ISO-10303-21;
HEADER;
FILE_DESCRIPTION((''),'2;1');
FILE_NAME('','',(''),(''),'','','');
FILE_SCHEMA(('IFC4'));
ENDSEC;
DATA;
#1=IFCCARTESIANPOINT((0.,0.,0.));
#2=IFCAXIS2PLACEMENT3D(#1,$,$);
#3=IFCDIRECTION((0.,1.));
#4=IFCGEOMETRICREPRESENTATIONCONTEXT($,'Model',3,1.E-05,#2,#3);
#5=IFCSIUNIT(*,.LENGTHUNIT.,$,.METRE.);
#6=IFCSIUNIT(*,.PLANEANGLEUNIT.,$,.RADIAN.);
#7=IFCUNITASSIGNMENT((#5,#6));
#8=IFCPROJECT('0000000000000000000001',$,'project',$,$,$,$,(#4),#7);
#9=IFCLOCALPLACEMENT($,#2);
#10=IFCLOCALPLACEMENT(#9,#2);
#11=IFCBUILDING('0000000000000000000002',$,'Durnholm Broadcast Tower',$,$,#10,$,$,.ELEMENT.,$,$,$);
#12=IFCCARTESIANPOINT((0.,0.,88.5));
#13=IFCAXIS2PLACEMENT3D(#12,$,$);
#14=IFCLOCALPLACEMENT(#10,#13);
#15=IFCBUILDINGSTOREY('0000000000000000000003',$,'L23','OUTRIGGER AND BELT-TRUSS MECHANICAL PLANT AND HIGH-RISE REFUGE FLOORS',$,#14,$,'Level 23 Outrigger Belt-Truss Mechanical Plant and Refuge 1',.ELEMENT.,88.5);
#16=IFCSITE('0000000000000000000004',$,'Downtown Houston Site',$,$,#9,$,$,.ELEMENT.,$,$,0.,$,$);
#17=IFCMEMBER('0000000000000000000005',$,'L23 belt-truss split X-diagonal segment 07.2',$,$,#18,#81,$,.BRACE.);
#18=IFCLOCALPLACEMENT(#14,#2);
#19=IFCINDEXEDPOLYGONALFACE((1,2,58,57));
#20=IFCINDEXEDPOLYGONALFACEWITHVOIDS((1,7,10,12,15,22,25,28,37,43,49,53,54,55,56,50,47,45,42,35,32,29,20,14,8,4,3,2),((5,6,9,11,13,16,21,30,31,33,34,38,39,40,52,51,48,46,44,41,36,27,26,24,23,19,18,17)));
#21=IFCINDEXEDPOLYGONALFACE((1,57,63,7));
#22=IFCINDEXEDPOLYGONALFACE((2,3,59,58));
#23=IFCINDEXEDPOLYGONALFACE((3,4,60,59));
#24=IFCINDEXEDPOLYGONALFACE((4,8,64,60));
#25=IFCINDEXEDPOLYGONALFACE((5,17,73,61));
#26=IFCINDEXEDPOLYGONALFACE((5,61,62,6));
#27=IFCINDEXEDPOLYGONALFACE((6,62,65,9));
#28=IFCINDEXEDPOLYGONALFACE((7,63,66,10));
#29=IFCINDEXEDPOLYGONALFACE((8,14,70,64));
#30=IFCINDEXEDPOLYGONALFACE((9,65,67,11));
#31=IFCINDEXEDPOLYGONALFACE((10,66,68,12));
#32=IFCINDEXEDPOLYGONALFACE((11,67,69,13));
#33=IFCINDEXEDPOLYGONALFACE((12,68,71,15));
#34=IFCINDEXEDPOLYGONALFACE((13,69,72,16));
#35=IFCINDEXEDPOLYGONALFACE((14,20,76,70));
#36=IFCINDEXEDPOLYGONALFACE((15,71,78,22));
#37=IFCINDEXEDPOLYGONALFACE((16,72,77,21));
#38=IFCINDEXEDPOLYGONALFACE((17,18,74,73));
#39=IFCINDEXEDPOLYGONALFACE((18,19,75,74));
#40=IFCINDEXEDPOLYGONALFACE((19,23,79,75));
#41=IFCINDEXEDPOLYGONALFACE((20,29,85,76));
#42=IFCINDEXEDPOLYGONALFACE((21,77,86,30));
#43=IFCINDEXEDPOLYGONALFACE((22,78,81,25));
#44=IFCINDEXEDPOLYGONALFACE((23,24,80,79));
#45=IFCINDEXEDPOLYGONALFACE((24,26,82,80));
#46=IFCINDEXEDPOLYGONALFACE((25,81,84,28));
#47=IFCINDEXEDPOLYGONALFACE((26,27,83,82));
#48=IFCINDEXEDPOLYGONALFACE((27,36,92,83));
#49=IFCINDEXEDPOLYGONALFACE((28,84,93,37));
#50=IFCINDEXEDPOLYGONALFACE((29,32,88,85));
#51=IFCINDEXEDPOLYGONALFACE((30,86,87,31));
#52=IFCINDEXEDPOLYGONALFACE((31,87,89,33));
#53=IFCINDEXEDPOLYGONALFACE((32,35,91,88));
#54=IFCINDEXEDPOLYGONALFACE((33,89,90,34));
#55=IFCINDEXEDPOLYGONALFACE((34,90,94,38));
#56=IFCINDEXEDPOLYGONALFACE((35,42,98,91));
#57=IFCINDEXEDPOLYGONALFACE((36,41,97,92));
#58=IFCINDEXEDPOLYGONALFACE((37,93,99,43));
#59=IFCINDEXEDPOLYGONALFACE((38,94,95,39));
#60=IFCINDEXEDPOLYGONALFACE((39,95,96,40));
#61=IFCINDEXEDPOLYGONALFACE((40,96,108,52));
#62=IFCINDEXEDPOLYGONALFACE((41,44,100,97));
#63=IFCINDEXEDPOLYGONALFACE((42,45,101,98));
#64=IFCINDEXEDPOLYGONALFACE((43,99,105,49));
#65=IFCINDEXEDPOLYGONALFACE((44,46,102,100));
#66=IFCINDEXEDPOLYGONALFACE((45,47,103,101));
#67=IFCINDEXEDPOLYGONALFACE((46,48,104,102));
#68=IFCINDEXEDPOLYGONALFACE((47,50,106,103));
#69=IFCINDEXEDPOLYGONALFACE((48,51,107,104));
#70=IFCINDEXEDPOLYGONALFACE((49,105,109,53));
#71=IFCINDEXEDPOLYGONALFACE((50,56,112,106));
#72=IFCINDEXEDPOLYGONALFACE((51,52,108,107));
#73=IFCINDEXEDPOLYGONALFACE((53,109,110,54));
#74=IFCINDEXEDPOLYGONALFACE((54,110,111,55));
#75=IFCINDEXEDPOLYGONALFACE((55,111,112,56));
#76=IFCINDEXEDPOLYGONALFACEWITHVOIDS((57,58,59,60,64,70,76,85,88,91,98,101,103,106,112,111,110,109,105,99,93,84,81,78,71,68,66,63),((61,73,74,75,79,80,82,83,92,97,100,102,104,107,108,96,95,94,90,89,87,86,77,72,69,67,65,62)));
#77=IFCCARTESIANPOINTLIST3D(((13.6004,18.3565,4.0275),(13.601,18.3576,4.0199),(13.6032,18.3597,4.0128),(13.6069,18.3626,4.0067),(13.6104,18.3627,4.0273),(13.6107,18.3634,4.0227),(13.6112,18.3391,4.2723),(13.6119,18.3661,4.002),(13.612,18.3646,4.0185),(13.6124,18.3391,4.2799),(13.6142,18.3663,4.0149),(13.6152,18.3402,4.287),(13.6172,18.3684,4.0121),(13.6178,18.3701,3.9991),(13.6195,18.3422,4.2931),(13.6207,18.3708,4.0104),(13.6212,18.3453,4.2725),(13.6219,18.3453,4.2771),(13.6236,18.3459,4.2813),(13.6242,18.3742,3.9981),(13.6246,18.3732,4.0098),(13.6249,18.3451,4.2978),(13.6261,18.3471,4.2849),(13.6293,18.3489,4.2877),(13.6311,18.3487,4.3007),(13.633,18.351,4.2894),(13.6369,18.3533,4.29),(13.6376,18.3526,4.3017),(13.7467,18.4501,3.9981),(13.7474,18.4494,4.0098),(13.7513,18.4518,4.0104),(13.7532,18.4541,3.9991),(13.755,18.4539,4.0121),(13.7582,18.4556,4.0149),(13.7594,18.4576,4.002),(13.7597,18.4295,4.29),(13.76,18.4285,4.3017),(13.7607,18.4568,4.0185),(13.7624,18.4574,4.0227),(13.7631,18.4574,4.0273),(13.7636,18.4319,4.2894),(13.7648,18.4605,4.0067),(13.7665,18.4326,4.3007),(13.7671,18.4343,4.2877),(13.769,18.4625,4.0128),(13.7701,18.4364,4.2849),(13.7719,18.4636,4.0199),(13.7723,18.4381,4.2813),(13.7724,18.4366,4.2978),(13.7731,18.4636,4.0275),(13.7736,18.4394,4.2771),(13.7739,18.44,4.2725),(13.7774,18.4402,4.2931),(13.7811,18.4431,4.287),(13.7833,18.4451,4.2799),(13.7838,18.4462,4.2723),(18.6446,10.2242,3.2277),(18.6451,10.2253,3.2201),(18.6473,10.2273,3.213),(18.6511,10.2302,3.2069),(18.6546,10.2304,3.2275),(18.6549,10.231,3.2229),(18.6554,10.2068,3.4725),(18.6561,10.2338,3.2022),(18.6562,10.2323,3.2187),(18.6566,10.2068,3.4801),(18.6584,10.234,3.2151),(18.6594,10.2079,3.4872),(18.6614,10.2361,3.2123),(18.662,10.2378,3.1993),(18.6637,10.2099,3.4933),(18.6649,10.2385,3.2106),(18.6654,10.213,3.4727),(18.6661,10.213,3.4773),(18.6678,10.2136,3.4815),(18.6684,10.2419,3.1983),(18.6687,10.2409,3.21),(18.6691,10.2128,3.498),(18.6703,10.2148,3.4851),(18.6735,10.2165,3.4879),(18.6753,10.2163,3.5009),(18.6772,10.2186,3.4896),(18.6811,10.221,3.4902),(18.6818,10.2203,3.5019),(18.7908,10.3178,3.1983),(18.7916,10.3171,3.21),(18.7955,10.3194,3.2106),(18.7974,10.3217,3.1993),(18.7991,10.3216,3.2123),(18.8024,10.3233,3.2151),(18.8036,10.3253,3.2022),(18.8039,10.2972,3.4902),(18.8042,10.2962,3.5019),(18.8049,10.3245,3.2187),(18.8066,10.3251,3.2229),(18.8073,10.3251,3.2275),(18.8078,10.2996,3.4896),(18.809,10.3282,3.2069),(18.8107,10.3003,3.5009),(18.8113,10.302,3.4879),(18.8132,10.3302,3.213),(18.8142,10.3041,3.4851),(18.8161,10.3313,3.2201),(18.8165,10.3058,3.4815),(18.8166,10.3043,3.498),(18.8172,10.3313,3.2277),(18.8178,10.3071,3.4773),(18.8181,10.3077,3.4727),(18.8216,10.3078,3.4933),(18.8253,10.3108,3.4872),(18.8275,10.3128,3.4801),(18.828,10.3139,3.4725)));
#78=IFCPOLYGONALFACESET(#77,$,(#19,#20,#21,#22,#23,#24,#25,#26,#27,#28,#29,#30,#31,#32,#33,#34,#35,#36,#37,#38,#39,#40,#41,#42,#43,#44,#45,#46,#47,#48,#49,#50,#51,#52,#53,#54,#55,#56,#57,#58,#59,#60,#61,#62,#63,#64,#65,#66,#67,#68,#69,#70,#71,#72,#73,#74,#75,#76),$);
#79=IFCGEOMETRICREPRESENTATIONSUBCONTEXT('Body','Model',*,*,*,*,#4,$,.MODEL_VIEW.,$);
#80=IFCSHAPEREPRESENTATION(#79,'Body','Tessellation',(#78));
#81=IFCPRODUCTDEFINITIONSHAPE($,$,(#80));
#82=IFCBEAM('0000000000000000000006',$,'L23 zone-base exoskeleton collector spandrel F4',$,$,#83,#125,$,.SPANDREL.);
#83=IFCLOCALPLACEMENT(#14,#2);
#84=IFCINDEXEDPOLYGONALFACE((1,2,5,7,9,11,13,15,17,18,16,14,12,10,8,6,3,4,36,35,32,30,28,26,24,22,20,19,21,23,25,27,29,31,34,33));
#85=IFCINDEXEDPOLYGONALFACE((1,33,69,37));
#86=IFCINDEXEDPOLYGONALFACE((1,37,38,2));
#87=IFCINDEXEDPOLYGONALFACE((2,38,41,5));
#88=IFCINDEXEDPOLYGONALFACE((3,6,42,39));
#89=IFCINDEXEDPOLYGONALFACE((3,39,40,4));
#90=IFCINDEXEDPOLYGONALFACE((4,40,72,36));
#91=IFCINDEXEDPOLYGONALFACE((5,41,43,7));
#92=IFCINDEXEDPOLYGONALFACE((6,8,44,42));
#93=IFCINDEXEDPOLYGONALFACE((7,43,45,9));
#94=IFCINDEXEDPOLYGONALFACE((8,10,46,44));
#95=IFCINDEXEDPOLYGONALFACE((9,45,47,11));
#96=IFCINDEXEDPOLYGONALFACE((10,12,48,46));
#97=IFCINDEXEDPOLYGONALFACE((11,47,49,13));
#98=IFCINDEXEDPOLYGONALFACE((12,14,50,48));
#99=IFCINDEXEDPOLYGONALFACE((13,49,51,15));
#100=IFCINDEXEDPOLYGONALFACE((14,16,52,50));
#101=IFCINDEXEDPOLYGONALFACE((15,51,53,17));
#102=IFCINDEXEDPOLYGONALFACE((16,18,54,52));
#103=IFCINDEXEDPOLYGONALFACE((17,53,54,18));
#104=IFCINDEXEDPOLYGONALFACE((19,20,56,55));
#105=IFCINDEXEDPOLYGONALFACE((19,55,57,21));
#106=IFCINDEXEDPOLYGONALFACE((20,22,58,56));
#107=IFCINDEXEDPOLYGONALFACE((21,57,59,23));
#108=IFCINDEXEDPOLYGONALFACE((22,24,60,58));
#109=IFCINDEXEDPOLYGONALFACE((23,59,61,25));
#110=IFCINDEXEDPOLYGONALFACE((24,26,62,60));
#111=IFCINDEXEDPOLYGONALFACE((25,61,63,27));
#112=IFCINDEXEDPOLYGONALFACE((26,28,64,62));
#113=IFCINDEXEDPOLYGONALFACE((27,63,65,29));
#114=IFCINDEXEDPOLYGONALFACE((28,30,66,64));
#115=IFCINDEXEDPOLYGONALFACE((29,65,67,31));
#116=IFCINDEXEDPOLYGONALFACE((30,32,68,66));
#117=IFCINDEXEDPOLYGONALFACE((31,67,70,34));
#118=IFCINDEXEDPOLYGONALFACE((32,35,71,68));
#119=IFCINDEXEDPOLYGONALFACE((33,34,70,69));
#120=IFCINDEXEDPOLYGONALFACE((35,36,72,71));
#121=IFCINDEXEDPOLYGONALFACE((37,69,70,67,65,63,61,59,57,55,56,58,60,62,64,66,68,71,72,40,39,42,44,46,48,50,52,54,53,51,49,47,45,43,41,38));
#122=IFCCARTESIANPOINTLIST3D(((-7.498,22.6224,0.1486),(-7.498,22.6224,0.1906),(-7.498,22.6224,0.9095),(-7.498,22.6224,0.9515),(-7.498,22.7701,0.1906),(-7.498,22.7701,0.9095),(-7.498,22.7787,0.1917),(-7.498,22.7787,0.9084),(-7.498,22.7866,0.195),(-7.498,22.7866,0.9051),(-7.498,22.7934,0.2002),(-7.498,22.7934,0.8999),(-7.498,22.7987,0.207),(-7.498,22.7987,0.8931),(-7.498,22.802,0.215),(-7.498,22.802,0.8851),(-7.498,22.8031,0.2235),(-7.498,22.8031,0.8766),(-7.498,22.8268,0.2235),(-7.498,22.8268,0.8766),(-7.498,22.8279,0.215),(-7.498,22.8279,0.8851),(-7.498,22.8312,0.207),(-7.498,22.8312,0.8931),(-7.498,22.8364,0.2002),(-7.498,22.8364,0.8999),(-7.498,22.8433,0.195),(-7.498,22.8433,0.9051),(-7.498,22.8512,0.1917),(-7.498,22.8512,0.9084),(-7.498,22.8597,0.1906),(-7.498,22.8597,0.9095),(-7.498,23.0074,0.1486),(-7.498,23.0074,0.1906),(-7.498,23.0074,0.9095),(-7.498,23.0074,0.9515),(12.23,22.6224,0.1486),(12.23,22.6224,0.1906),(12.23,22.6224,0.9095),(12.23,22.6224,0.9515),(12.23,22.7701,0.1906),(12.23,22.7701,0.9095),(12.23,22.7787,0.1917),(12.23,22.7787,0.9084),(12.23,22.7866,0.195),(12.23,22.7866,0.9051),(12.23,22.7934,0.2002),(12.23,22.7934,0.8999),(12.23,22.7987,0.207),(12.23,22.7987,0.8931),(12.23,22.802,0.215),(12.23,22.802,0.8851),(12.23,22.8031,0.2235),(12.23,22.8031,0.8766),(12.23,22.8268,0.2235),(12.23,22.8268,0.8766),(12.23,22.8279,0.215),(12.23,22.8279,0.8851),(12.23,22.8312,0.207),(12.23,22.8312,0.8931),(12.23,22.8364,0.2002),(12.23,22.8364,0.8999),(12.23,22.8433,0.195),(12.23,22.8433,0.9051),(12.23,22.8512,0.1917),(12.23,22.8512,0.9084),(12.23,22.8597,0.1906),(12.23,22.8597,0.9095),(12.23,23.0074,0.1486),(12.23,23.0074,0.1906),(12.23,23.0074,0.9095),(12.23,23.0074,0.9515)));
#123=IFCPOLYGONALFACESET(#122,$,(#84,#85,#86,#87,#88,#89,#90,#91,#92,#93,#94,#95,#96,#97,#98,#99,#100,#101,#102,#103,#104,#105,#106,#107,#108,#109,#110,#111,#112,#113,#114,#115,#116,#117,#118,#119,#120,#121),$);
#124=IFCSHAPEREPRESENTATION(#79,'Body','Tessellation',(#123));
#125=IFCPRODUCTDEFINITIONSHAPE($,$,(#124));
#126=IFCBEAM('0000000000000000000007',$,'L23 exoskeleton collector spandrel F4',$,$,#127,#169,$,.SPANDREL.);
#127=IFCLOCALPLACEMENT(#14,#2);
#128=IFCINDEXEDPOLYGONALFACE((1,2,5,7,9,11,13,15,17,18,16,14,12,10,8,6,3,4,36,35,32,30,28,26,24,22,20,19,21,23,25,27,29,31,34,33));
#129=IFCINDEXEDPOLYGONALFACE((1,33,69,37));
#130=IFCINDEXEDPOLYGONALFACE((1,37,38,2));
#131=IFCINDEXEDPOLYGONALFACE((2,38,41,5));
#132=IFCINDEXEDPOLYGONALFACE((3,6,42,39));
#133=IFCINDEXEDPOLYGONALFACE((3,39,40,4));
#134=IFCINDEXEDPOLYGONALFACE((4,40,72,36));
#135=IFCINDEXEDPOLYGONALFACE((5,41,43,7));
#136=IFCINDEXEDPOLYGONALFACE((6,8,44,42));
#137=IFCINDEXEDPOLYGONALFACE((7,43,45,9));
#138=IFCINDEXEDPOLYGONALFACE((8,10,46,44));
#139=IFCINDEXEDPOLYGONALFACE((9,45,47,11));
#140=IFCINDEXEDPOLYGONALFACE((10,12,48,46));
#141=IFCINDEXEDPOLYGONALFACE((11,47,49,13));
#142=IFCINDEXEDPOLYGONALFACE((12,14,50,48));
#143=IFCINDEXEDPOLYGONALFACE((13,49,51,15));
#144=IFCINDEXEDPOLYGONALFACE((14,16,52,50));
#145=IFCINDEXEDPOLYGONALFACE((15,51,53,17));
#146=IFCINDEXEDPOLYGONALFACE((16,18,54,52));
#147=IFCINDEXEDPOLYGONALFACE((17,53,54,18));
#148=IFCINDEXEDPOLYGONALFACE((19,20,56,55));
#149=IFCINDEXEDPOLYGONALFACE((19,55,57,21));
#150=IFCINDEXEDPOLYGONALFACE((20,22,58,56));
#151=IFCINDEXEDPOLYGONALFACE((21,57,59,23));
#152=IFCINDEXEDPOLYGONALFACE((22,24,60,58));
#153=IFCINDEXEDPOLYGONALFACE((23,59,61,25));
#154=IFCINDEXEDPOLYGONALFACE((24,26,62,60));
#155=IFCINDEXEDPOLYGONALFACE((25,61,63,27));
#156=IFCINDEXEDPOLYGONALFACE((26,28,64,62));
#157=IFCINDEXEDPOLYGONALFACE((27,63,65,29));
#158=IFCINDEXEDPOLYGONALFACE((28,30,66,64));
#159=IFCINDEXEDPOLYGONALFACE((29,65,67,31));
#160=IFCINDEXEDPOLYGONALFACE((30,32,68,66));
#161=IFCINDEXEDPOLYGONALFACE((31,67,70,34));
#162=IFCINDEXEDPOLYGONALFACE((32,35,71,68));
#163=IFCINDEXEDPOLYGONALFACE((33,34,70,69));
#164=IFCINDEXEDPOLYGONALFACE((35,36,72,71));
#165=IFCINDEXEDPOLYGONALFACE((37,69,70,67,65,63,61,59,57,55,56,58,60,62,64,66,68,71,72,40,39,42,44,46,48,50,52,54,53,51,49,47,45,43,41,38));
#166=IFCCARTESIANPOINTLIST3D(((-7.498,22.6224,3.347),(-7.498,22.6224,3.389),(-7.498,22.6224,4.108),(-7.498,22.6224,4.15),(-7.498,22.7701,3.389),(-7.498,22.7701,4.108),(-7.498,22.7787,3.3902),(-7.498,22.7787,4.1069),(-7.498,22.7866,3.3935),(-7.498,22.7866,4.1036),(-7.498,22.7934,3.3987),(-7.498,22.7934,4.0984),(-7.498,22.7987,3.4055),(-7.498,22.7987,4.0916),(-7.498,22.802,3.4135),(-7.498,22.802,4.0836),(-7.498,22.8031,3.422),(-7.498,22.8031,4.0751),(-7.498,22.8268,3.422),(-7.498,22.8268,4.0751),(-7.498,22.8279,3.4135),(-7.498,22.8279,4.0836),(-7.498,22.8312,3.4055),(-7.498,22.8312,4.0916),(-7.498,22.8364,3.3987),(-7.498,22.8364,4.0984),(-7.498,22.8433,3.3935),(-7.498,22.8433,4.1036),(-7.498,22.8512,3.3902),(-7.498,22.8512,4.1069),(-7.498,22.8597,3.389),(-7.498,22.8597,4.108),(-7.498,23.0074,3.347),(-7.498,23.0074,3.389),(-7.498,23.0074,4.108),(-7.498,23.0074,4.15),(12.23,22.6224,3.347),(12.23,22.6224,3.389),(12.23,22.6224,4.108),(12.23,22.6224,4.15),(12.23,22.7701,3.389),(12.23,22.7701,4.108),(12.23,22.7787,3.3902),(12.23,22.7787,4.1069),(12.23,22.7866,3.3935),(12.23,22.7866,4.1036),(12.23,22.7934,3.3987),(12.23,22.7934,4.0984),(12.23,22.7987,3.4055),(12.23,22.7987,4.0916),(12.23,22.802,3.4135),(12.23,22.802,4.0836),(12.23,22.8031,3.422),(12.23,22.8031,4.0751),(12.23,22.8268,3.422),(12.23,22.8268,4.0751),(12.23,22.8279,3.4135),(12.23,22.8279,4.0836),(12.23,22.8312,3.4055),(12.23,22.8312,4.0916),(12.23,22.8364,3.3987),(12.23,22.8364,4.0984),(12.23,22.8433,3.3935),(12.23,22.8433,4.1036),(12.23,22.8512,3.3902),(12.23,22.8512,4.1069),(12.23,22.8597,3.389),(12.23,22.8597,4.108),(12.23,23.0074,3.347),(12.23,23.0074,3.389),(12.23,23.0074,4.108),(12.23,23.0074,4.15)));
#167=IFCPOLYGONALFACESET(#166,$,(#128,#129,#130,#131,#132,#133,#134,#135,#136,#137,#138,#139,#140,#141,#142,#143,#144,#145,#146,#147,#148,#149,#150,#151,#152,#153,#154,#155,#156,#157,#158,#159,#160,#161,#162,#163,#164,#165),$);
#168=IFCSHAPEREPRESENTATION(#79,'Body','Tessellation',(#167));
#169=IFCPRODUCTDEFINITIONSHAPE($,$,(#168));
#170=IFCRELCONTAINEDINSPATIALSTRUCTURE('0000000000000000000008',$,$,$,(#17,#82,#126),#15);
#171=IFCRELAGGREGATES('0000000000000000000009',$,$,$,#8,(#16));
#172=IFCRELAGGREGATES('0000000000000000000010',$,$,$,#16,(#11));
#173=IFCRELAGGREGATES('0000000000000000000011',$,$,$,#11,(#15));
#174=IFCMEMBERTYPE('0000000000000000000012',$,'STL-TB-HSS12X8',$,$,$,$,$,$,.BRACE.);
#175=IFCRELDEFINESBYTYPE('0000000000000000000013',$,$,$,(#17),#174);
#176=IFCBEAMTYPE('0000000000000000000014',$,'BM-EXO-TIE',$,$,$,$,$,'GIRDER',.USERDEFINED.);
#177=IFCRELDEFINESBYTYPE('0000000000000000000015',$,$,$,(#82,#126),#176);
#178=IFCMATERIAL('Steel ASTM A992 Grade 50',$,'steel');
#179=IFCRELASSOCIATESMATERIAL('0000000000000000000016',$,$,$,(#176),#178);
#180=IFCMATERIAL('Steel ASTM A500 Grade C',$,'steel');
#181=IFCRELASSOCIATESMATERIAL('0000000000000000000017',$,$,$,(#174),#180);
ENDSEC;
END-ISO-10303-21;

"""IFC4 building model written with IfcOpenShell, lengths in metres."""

from ifc_helpers import new_model, si_unit, direction, frame, origin, origin_2d, place, context, subcontext, project, spatial, hollow_rectangle, i_section, extrude, source, transform, mapped, material, material_profile, profile_set, type_object, element, save


model = new_model("IFC4")

# Units and contexts
model_context = context("Model", 3, precision=1e-05, world=origin(), true_north=direction((0.0, 1.0)))
body_context = subcontext(model_context, "Body", "Model", "MODEL_VIEW")
ifc_project = project(units=[si_unit("LENGTHUNIT", "METRE"), si_unit("PLANEANGLEUNIT", "RADIAN")], contexts=[model_context])

# Site, building, storey
site_placement = place(None, origin())
site = spatial("IfcSite", under=ifc_project, at=site_placement, Name="Downtown Houston Site", CompositionType="ELEMENT", RefElevation=0.0)
building_placement = place(site_placement, origin())
building = spatial("IfcBuilding", under=site, at=building_placement, Name="Durnholm Broadcast Tower", CompositionType="ELEMENT")
storey_placement = place(building_placement, frame((0.0, 0.0, 88.5)))
storey = spatial("IfcBuildingStorey", under=building, at=storey_placement, Name="L23", Description="OUTRIGGER AND BELT-TRUSS MECHANICAL PLANT AND HIGH-RISE REFUGE FLOORS", LongName="Level 23 Outrigger Belt-Truss Mechanical Plant and Refuge 1", CompositionType="ELEMENT", Elevation=88.5)

# Shared definitions
ifc_material_1 = material(Name="Steel ASTM A992 Grade 50", Category="steel")
ifc_material_profile_1 = material_profile(ifc_material_1, i_section(OverallWidth=0.385, OverallDepth=0.803, WebThickness=0.0237, FlangeThickness=0.042, FilletRadius=0.033, at=origin_2d()), Name="W30X261")
ifc_profile_set_1 = profile_set([ifc_material_profile_1], Name="Steel ASTM A992 Grade 50")
beam_type_1 = type_object("IfcBeamType", Name="BM-EXO-TIE", ElementType="GIRDER", PredefinedType="USERDEFINED", material=ifc_profile_set_1)

# Member
ifc_material_2 = material(Name="Steel ASTM A500 Grade C", Category="steel")
ifc_material_profile_2 = material_profile(ifc_material_2, hollow_rectangle(XDim=0.2031, YDim=0.3047, WallThickness=0.0117, InnerFilletRadius=0.0176, OuterFilletRadius=0.0295, at=origin_2d()), Name="HSS12X8X1/2")
ifc_profile_set_2 = profile_set([ifc_material_profile_2], Name="Steel ASTM A500 Grade C")
member_type_1 = type_object("IfcMemberType", Name="STL-TB-HSS12X8", PredefinedType="BRACE", material=ifc_profile_set_2)
shared_shape_1 = source(origin(), body_context, "Body", "SweptSolid", [
    extrude(hollow_rectangle(XDim=0.2031, YDim=0.3047, WallThickness=0.0117, InnerFilletRadius=0.0176, OuterFilletRadius=0.0295, at=origin_2d()), origin(), (0.0, 0.0, 1.0), 9.603),
])
member_1_placement = place(storey_placement, frame((18.7363, 10.269, 3.3501), z_axis=(-0.52527, 0.84685, 0.083287), x_axis=(-0.849802, -0.527102, 0.0)))
element("IfcMember", 1, at=member_1_placement, inside=storey, type_object=member_type_1, Name="L23 belt-truss split X-diagonal segment 07.2", PredefinedType="BRACE", context=body_context, shape_type="MappedRepresentation", body=[
    mapped(shared_shape_1, transform((0.0, 0.0, 0.0), x_axis=(1.0, 0.0, 0.0), y_axis=(0.0, 1.0, 0.0), z_axis=(0.0, 0.0, 1.0), scale=1.0)),
])

# Beams
shared_shape_2 = source(origin(), body_context, "Body", "SweptSolid", [
    extrude(i_section(OverallWidth=0.385, OverallDepth=0.803, WebThickness=0.0237, FlangeThickness=0.042, FilletRadius=0.033, at=origin_2d()), origin(), (0.0, 0.0, 1.0), 19.728),
])
for number, where, z_axis, x_axis, name in (
    (2, (12.23, 22.8149, 0.55), (-1.0, 0.0, 0.0), (0.0, -1.0, 0.0), "L23 zone-base exoskeleton collector spandrel F4"),
    (3, (12.23, 22.8149, 3.7485), (-1.0, 0.0, 0.0), (0.0, -1.0, 0.0), "L23 exoskeleton collector spandrel F4"),
):
    element("IfcBeam", number, at=place(storey_placement, frame(where, z_axis=z_axis, x_axis=x_axis)), inside=storey, type_object=beam_type_1, Name=name, PredefinedType="SPANDREL", context=body_context, shape_type="MappedRepresentation", body=[
        mapped(shared_shape_2, transform((0.0, 0.0, 0.0), x_axis=(1.0, 0.0, 0.0), y_axis=(0.0, 1.0, 0.0), z_axis=(0.0, 0.0, 1.0), scale=1.0)),
    ])

save(model, "model.ifc")
